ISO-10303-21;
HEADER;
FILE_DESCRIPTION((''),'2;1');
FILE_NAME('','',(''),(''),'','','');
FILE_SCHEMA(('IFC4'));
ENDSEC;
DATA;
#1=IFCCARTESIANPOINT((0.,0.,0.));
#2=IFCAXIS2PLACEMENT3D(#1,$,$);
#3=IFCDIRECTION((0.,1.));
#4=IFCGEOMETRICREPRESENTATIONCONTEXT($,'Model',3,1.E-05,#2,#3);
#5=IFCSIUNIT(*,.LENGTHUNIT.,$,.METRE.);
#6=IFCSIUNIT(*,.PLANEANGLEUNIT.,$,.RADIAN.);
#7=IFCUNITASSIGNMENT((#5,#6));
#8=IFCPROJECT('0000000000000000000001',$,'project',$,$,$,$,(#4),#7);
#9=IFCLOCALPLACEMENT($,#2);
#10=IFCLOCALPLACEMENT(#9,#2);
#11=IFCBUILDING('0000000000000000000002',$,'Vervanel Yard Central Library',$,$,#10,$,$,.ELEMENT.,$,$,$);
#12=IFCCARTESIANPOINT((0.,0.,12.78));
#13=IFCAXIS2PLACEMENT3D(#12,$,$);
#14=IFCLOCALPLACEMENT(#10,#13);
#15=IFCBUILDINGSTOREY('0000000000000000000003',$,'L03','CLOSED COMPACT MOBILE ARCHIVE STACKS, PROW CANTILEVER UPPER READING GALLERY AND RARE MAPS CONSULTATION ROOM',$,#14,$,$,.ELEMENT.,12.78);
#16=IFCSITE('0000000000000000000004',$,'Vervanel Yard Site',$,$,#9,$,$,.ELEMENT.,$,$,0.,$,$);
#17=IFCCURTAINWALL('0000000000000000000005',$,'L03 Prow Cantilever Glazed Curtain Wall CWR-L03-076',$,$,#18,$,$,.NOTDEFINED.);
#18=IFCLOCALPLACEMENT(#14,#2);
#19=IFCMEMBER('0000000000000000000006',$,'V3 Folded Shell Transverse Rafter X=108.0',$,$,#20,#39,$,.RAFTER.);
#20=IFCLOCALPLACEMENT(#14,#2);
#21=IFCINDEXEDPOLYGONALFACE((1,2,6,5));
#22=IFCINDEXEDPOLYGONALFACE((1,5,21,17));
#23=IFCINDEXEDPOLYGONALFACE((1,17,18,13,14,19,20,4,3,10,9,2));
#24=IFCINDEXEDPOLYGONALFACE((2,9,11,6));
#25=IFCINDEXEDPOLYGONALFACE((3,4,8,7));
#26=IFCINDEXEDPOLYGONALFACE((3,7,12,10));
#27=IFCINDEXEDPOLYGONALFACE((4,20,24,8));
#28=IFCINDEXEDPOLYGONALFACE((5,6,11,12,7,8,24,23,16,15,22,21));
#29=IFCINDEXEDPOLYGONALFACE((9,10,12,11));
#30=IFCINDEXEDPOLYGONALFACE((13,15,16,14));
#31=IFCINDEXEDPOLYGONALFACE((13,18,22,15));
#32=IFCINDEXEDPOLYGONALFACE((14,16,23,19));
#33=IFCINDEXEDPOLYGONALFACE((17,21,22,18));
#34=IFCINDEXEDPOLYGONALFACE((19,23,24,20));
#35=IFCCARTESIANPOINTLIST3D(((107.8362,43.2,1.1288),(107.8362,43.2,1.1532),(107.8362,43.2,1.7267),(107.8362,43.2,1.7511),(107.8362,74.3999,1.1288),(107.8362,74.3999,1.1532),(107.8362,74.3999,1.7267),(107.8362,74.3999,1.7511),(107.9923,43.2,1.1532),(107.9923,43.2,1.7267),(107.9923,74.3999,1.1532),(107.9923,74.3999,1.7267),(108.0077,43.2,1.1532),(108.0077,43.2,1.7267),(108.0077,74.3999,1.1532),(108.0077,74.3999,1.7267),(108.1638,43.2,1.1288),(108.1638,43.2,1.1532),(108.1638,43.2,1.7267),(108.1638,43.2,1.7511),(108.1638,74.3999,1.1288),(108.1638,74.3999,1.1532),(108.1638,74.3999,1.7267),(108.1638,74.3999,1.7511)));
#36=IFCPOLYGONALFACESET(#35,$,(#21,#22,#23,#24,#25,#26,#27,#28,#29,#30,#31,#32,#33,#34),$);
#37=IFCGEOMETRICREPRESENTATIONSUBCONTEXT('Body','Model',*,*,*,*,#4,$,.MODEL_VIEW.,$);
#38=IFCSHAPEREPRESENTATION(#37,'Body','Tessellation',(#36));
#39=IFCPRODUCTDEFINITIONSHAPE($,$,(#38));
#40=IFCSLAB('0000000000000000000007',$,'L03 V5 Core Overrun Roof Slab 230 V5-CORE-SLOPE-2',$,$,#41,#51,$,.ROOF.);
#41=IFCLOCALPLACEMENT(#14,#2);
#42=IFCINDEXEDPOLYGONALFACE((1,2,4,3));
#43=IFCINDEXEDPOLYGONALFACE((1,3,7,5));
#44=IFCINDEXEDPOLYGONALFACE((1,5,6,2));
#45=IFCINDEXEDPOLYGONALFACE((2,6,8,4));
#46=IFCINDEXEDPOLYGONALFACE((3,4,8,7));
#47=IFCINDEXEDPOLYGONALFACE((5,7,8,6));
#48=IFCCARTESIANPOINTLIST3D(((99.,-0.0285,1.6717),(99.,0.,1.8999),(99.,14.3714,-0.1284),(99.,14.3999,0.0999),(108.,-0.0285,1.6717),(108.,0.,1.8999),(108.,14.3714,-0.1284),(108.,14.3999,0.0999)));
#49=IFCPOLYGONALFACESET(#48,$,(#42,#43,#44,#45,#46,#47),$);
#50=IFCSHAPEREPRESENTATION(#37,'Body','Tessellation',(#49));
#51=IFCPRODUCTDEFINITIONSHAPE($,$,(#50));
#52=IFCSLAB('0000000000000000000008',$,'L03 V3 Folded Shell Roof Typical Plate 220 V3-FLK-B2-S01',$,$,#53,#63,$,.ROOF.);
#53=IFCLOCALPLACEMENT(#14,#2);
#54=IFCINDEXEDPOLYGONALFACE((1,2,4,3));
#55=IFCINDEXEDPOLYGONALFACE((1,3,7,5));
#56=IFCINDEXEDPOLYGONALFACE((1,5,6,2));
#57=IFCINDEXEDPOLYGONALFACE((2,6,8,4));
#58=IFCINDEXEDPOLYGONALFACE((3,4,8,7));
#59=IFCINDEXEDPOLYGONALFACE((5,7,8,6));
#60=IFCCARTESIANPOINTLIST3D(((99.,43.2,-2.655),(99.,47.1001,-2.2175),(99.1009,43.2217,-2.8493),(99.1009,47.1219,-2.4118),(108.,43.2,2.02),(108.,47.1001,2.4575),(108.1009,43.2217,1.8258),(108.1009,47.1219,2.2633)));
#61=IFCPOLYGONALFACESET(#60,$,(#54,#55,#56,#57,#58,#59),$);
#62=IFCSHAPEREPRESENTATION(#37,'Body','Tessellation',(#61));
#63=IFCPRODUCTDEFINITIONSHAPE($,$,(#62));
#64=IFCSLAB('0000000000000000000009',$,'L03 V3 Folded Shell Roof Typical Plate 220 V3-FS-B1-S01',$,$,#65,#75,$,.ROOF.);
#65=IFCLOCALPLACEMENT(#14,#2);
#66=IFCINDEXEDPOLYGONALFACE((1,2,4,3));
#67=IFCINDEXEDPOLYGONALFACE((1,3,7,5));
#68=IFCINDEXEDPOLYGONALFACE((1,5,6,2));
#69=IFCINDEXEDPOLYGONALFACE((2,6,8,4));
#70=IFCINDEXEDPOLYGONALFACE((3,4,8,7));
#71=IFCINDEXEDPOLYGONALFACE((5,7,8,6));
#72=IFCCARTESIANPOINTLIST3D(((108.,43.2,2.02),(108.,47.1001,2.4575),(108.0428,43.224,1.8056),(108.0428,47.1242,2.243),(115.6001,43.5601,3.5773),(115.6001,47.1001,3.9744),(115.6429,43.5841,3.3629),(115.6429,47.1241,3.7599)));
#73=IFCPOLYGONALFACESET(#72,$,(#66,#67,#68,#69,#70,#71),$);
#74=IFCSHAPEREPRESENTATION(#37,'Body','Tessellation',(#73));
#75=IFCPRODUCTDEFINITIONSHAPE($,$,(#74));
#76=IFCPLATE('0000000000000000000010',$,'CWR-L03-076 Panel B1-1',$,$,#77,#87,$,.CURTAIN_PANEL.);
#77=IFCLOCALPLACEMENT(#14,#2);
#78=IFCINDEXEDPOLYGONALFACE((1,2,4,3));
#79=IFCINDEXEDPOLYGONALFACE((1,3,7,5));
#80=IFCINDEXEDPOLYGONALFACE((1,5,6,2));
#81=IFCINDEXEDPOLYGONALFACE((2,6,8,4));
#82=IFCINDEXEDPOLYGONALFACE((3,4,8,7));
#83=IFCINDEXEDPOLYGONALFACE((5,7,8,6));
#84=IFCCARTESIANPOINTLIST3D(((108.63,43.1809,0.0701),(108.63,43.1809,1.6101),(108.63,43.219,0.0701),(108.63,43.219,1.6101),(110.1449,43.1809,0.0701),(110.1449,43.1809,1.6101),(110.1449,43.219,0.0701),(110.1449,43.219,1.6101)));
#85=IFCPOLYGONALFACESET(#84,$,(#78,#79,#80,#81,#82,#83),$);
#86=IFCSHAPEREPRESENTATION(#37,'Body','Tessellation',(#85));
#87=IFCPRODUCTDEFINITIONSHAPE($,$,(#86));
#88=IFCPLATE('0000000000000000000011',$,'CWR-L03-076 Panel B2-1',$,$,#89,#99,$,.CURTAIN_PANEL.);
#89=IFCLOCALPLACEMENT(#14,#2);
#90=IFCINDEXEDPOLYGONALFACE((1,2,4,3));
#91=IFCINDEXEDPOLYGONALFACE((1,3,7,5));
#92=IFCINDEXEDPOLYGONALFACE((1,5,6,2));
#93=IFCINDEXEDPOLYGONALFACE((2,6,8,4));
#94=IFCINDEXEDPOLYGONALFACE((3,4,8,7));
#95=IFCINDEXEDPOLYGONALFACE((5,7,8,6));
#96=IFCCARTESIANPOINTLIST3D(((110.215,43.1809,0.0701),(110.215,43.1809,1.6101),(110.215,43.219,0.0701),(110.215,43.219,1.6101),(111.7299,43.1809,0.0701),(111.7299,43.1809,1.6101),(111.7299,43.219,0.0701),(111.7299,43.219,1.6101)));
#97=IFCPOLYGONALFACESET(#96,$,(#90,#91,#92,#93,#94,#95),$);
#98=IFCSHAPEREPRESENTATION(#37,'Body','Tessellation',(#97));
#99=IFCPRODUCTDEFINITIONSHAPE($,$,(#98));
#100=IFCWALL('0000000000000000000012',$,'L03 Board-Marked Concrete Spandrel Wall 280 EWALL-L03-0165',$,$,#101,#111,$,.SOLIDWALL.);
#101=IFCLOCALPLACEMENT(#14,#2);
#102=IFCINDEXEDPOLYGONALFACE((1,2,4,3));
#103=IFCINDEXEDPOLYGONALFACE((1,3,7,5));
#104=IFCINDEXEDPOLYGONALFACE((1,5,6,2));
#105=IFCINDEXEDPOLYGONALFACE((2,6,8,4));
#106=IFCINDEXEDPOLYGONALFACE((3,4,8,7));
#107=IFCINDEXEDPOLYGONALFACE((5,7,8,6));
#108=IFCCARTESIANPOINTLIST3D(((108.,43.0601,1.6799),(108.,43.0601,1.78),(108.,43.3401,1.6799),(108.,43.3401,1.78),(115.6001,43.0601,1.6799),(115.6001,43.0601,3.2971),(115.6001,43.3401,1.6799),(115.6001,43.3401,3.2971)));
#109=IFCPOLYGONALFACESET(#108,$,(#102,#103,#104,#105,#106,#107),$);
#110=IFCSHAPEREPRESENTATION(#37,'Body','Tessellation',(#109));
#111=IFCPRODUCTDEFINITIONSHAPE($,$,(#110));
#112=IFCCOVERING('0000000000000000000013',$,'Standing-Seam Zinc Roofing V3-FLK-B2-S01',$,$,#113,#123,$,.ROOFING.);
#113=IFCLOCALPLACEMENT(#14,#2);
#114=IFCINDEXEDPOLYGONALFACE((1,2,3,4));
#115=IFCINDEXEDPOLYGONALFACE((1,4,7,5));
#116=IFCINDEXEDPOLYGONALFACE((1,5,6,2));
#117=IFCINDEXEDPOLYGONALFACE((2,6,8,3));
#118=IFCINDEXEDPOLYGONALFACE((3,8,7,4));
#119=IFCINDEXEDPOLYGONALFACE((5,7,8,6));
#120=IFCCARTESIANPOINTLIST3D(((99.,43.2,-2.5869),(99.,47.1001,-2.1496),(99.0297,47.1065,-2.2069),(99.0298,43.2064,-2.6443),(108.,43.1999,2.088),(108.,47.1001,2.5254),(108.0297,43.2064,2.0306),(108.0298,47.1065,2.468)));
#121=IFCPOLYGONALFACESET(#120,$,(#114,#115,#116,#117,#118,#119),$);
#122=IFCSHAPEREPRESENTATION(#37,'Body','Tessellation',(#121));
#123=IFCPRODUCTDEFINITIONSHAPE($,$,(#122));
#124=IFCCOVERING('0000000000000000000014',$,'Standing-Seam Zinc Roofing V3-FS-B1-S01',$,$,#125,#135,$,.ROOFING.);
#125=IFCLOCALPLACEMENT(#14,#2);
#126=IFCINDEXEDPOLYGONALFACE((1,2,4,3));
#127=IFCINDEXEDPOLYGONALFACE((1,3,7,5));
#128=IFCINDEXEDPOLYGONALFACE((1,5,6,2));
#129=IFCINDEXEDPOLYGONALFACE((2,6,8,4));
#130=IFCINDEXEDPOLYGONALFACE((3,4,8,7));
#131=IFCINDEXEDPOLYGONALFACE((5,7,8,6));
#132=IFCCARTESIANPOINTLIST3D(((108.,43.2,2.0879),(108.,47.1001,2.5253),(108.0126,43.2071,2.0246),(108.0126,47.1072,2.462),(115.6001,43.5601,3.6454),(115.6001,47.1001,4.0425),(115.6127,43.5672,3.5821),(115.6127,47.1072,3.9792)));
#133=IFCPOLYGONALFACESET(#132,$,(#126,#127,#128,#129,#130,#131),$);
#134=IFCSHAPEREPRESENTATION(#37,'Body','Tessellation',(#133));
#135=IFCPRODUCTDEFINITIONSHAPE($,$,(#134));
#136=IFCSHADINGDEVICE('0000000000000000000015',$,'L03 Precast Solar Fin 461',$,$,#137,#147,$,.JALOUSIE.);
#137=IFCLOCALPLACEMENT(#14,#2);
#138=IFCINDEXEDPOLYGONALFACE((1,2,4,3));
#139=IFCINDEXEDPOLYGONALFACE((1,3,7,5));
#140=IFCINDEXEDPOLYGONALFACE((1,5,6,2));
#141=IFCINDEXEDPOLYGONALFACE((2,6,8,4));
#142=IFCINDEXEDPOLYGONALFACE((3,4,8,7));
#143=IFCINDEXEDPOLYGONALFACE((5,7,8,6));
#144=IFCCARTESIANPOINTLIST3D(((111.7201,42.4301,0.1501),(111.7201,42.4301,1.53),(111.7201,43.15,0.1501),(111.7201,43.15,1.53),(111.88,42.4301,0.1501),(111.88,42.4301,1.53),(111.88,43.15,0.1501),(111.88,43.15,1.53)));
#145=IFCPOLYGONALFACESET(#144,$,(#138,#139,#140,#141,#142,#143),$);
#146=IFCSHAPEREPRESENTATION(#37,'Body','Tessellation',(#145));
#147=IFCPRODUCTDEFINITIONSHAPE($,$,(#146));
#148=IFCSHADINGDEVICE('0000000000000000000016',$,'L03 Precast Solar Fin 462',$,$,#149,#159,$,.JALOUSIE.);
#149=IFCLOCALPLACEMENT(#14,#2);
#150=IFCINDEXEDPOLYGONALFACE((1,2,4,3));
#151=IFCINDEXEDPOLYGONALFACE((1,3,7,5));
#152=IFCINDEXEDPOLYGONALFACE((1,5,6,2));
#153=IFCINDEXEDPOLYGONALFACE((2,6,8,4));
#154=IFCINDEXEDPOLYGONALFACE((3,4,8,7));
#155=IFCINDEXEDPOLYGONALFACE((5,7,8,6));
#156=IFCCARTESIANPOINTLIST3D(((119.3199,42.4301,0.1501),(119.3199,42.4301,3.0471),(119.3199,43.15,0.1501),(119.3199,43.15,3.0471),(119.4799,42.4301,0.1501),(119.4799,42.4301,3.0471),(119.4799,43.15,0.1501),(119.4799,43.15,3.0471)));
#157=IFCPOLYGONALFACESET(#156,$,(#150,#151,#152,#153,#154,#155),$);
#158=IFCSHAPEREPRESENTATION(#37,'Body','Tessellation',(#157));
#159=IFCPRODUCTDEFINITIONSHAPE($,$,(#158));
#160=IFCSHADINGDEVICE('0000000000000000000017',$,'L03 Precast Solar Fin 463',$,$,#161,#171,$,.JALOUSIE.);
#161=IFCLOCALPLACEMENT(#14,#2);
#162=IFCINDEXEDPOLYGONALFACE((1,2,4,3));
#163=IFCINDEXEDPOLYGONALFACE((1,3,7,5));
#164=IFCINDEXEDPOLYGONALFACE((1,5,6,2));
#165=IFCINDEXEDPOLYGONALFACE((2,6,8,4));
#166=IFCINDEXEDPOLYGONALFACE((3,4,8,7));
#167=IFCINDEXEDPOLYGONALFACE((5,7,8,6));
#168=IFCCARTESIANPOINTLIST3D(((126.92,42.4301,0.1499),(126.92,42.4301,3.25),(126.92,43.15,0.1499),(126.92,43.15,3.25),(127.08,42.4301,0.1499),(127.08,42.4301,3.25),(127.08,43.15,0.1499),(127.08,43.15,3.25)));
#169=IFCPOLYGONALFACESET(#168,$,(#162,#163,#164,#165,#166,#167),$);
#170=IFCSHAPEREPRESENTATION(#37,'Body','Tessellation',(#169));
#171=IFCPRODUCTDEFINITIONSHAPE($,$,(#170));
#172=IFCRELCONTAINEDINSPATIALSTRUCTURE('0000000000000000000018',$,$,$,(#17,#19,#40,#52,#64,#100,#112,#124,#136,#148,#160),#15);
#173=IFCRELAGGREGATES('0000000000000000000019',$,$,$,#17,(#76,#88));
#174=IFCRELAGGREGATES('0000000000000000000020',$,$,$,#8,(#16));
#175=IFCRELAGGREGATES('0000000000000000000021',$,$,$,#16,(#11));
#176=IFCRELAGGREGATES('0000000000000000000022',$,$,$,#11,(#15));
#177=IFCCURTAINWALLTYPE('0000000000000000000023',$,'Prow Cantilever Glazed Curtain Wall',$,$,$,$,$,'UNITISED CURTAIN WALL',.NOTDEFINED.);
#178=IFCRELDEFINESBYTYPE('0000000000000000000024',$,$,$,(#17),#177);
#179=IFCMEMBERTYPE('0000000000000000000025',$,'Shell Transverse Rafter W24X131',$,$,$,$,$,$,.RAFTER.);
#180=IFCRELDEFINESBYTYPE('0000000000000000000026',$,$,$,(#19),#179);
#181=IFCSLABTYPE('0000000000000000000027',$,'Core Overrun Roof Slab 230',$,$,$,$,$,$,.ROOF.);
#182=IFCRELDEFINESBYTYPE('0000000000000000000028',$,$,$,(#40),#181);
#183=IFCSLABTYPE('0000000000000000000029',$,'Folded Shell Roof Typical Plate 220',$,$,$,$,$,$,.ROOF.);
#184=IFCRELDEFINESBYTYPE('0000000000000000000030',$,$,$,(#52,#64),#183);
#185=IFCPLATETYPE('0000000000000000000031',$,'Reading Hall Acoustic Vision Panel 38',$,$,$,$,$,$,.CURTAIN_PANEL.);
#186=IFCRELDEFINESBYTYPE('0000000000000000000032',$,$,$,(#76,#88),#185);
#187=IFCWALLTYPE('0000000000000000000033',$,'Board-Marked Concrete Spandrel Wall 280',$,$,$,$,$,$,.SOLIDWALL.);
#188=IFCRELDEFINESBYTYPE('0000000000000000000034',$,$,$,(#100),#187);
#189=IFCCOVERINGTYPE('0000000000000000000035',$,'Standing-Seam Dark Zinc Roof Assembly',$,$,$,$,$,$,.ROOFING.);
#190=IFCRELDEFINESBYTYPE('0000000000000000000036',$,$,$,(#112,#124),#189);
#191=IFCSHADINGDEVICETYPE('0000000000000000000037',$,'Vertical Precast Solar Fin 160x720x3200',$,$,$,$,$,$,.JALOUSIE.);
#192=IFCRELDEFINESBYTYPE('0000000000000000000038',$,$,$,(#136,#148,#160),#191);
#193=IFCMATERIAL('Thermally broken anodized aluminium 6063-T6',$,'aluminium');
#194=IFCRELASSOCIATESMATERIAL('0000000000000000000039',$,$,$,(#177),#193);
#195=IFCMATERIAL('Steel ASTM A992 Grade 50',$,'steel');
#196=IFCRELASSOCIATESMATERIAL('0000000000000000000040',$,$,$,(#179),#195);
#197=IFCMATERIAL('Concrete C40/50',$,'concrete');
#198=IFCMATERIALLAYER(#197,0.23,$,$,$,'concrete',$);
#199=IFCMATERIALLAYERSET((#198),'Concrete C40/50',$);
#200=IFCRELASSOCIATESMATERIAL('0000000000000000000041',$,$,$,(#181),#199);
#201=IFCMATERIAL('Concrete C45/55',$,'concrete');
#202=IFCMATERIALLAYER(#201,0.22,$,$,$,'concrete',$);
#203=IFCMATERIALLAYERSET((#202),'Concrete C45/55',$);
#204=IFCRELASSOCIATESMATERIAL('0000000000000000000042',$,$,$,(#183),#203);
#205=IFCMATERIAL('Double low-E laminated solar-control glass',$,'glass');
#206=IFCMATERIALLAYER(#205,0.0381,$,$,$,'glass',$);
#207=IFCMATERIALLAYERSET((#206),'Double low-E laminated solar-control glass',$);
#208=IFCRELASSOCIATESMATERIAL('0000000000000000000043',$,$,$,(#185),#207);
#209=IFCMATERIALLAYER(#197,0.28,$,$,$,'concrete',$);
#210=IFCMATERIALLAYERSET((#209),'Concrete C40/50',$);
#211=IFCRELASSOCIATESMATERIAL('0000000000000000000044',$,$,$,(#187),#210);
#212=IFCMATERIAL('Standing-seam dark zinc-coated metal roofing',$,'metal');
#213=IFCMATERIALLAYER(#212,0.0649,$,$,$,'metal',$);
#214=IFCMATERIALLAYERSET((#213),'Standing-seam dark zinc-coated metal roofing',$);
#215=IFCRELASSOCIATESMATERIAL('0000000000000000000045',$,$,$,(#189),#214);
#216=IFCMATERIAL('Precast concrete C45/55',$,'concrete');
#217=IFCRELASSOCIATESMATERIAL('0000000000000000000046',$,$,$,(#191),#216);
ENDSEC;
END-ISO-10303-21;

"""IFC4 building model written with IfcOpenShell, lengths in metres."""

from ifc_helpers import new_model, si_unit, direction, frame, origin, origin_2d, place, context, subcontext, project, spatial, polyline, rectangle, i_section, outline, extrude, material, layer, layer_set, material_profile, profile_set, type_object, element, aggregate, save


model = new_model("IFC4")

# Units and contexts
model_context = context("Model", 3, precision=1e-05, world=origin(), true_north=direction((0.0, 1.0)))
body_context = subcontext(model_context, "Body", "Model", "MODEL_VIEW")
ifc_project = project(units=[si_unit("LENGTHUNIT", "METRE"), si_unit("PLANEANGLEUNIT", "RADIAN")], contexts=[model_context])

# Site, building, storey
site_placement = place(None, origin())
site = spatial("IfcSite", under=ifc_project, at=site_placement, Name="Vervanel Yard Site", CompositionType="ELEMENT", RefElevation=0.0)
building_placement = place(site_placement, origin())
building = spatial("IfcBuilding", under=site, at=building_placement, Name="Vervanel Yard Central Library", CompositionType="ELEMENT")
storey_placement = place(building_placement, frame((0.0, 0.0, 12.78)))
storey = spatial("IfcBuildingStorey", under=building, at=storey_placement, Name="L03", Description="CLOSED COMPACT MOBILE ARCHIVE STACKS, PROW CANTILEVER UPPER READING GALLERY AND RARE MAPS CONSULTATION ROOM", CompositionType="ELEMENT", Elevation=12.78)

# Shared definitions
ifc_material_1 = material(Name="Steel ASTM A992 Grade 50", Category="steel")

# Shared definitions
ifc_material_2 = material(Name="Concrete C45/55", Category="concrete")

# Curtain wall
ifc_material_3 = material(Name="Thermally broken anodized aluminium 6063-T6", Category="aluminium")
curtain_wall_type = type_object("IfcCurtainWallType", Name="Prow Cantilever Glazed Curtain Wall", ElementType="UNITISED CURTAIN WALL", PredefinedType="NOTDEFINED", material=ifc_material_3)
curtain_wall_1_placement = place(storey_placement, origin())
curtain_wall_1 = element("IfcCurtainWall", 1, at=curtain_wall_1_placement, inside=storey, type_object=curtain_wall_type, Name="L03 Prow Cantilever Glazed Curtain Wall CWR-L03-076", PredefinedType="NOTDEFINED")

# Member
ifc_material_profile_1 = material_profile(ifc_material_1, i_section(OverallWidth=0.3276, OverallDepth=0.6223, WebThickness=0.0154, FlangeThickness=0.0244, at=origin_2d()), Name="W24X131", Category="steel")
ifc_profile_set_1 = profile_set([ifc_material_profile_1], Name="Steel ASTM A992 Grade 50")
member_type_1 = type_object("IfcMemberType", Name="Shell Transverse Rafter W24X131", PredefinedType="RAFTER", material=ifc_profile_set_1)
member_1_placement = place(storey_placement, frame((108.0, 43.2, 1.4399), z_axis=(0.0, 1.0, 0.0), x_axis=(-1.0, 0.0, 0.0)))
element("IfcMember", 2, at=member_1_placement, inside=storey, type_object=member_type_1, Name="V3 Folded Shell Transverse Rafter X=108.0", PredefinedType="RAFTER", context=body_context, shape_type="SweptSolid", body=[
    extrude(i_section(OverallWidth=0.3276, OverallDepth=0.6223, WebThickness=0.0154, FlangeThickness=0.0244, at=origin_2d()), origin(), (0.0, 0.0, 1.0), 31.2),
])

# Slabs
ifc_material_4 = material(Name="Concrete C40/50", Category="concrete")
ifc_layer_1 = layer(ifc_material_4, 0.23, Category="concrete")
ifc_layer_set_1 = layer_set([ifc_layer_1], Name="Concrete C40/50")
slab_type_1 = type_object("IfcSlabType", Name="Core Overrun Roof Slab 230", PredefinedType="ROOF", material=ifc_layer_set_1)
slab_1_placement = place(storey_placement, frame((99.0, 0.0, 1.8999), z_axis=(0.0, 0.124039, 0.992277), x_axis=(1.0, 0.0, 0.0)))
element("IfcSlab", 3, at=slab_1_placement, inside=storey, type_object=slab_type_1, Name="L03 V5 Core Overrun Roof Slab 230 V5-CORE-SLOPE-2", PredefinedType="ROOF", context=body_context, shape_type="SweptSolid", body=[
    extrude(outline(polyline([(0.0, 0.0), (9.0, 0.0), (9.0, 14.512), (0.0, 14.512), (0.0, 0.0)])), origin(), (0.0, 0.0, -1.0), 0.23),
])
ifc_layer_2 = layer(ifc_material_2, 0.22, Category="concrete")
ifc_layer_set_2 = layer_set([ifc_layer_2], Name="Concrete C45/55")
slab_type_2 = type_object("IfcSlabType", Name="Folded Shell Roof Typical Plate 220", PredefinedType="ROOF", material=ifc_layer_set_2)
slab_2_placement = place(storey_placement, frame((99.0, 43.2, -2.655), z_axis=(-0.458701, -0.099057, 0.883052), x_axis=(0.887417, 0.0, 0.460968)))
element("IfcSlab", 4, at=slab_2_placement, inside=storey, type_object=slab_type_2, Name="L03 V3 Folded Shell Roof Typical Plate 220 V3-FLK-B2-S01", PredefinedType="ROOF", context=body_context, shape_type="SweptSolid", body=[
    extrude(outline(polyline([(0.0, 0.0), (10.1418, 0.0), (10.3435, 3.9194), (0.2017, 3.9194), (0.0, 0.0)])), origin(), (0.0, 0.0, -1.0), 0.22),
])
slab_3_placement = place(storey_placement, frame((108.0, 43.2, 2.02), z_axis=(-0.194558, -0.109329, 0.974779), x_axis=(0.978592, 0.046368, 0.200519)))
element("IfcSlab", 5, at=slab_3_placement, inside=storey, type_object=slab_type_2, Name="L03 V3 Folded Shell Roof Typical Plate 220 V3-FS-B1-S01", PredefinedType="ROOF", context=body_context, shape_type="SweptSolid", body=[
    extrude(outline(polyline([(0.0, 0.0), (7.7664, 0.0), (8.0101, 3.5539), (0.2686, 3.9154), (0.0, 0.0)])), origin(), (0.0, 0.0, -1.0), 0.22),
])

# Plates
ifc_material_5 = material(Name="Double low-E laminated solar-control glass", Category="glass")
ifc_layer_3 = layer(ifc_material_5, 0.0381, Category="glass")
ifc_layer_set_3 = layer_set([ifc_layer_3], Name="Double low-E laminated solar-control glass")
plate_type = type_object("IfcPlateType", Name="Reading Hall Acoustic Vision Panel 38", PredefinedType="CURTAIN_PANEL", material=ifc_layer_set_3)
plate_1_placement = place(storey_placement, frame((109.3875, 43.2, 0.0701), z_axis=(0.0, 0.0, 1.0), x_axis=(1.0, 0.0, 0.0)))
plate_1 = element("IfcPlate", 6, at=plate_1_placement, type_object=plate_type, Name="CWR-L03-076 Panel B1-1", PredefinedType="CURTAIN_PANEL", context=body_context, shape_type="SweptSolid", body=[
    extrude(rectangle(XDim=1.5149, YDim=0.0381, at=origin_2d()), origin(), (0.0, 0.0, 1.0), 1.54),
])
plate_2_placement = place(storey_placement, frame((110.9724, 43.2, 0.0701), z_axis=(0.0, 0.0, 1.0), x_axis=(1.0, 0.0, 0.0)))
plate_2 = element("IfcPlate", 7, at=plate_2_placement, type_object=plate_type, Name="CWR-L03-076 Panel B2-1", PredefinedType="CURTAIN_PANEL", context=body_context, shape_type="SweptSolid", body=[
    extrude(rectangle(XDim=1.5149, YDim=0.0381, at=origin_2d()), origin(), (0.0, 0.0, 1.0), 1.54),
])
aggregate(curtain_wall_1, [plate_1, plate_2])

# Wall
ifc_layer_4 = layer(ifc_material_4, 0.28, Category="concrete")
ifc_layer_set_4 = layer_set([ifc_layer_4], Name="Concrete C40/50")
wall_type = type_object("IfcWallType", Name="Board-Marked Concrete Spandrel Wall 280", PredefinedType="SOLIDWALL", material=ifc_layer_set_4)
wall_placement = place(storey_placement, frame((108.0, 43.2, 1.6799), z_axis=(0.0, 0.0, 1.0), x_axis=(1.0, 0.0, 0.0)))
element("IfcWall", 8, at=wall_placement, inside=storey, type_object=wall_type, Name="L03 Board-Marked Concrete Spandrel Wall 280 EWALL-L03-0165", PredefinedType="SOLIDWALL", context=body_context, shape_type="SweptSolid", body=[
    extrude(outline(polyline([(0.0, 0.0), (7.6001, 0.0), (7.6001, 1.6172), (0.0, 0.1001), (0.0, 0.0)])), frame((0.0, 0.1401, 0.0), z_axis=(0.0, -1.0, 0.0), x_axis=(1.0, 0.0, 0.0)), (0.0, 0.0, 1.0), 0.28),
])

# Coverings
ifc_material_6 = material(Name="Standing-seam dark zinc-coated metal roofing", Category="metal")
ifc_layer_5 = layer(ifc_material_6, 0.0649, Category="metal")
ifc_layer_set_5 = layer_set([ifc_layer_5], Name="Standing-seam dark zinc-coated metal roofing")
covering_type = type_object("IfcCoveringType", Name="Standing-Seam Dark Zinc Roof Assembly", PredefinedType="ROOFING", material=ifc_layer_set_5)
covering_1_placement = place(storey_placement, frame((99.0, 43.2, -2.5869), z_axis=(-0.458693, -0.09903, 0.883059), x_axis=(0.887422, -0.000001, 0.460959)))
element("IfcCovering", 9, at=covering_1_placement, inside=storey, type_object=covering_type, Name="Standing-Seam Zinc Roofing V3-FLK-B2-S01", PredefinedType="ROOFING", context=body_context, shape_type="SweptSolid", body=[
    extrude(outline(polyline([(0.0, 0.0), (10.1417, 0.0), (10.3434, 3.9194), (0.2016, 3.9194), (0.0, 0.0)])), origin(), (0.0, 0.0, -1.0), 0.0649),
])
covering_2_placement = place(storey_placement, frame((108.0, 43.2, 2.0879), z_axis=(-0.194588, -0.109328, 0.974773), x_axis=(0.978586, 0.046368, 0.200549)))
element("IfcCovering", 10, at=covering_2_placement, inside=storey, type_object=covering_type, Name="Standing-Seam Zinc Roofing V3-FS-B1-S01", PredefinedType="ROOFING", context=body_context, shape_type="SweptSolid", body=[
    extrude(outline(polyline([(0.0, 0.0), (7.7664, 0.0), (8.0102, 3.5539), (0.2686, 3.9154), (0.0, 0.0)])), origin(), (0.0, 0.0, -1.0), 0.0649),
])

# Shading devices
ifc_material_7 = material(Name="Precast concrete C45/55", Category="concrete")
shading_device_type = type_object("IfcShadingDeviceType", Name="Vertical Precast Solar Fin 160x720x3200", PredefinedType="JALOUSIE", material=ifc_material_7)
shading_device_1_placement = place(storey_placement, frame((111.8, 42.79, 0.1501), z_axis=(0.0, 0.0, 1.0), x_axis=(1.0, 0.0, 0.0)))
element("IfcShadingDevice", 11, at=shading_device_1_placement, inside=storey, type_object=shading_device_type, Name="L03 Precast Solar Fin 461", PredefinedType="JALOUSIE", context=body_context, shape_type="SweptSolid", body=[
    extrude(rectangle(XDim=0.1599, YDim=0.72, at=origin_2d()), origin(), (0.0, 0.0, 1.0), 1.3799),
])
shading_device_2_placement = place(storey_placement, frame((119.3999, 42.79, 0.1501), z_axis=(0.0, 0.0, 1.0), x_axis=(1.0, 0.0, 0.0)))
element("IfcShadingDevice", 12, at=shading_device_2_placement, inside=storey, type_object=shading_device_type, Name="L03 Precast Solar Fin 462", PredefinedType="JALOUSIE", context=body_context, shape_type="SweptSolid", body=[
    extrude(rectangle(XDim=0.1599, YDim=0.72, at=origin_2d()), origin(), (0.0, 0.0, 1.0), 2.897),
])
shading_device_3_placement = place(storey_placement, frame((127.0, 42.79, 0.1499), z_axis=(0.0, 0.0, 1.0), x_axis=(1.0, 0.0, 0.0)))
element("IfcShadingDevice", 13, at=shading_device_3_placement, inside=storey, type_object=shading_device_type, Name="L03 Precast Solar Fin 463", PredefinedType="JALOUSIE", context=body_context, shape_type="SweptSolid", body=[
    extrude(rectangle(XDim=0.1599, YDim=0.72, at=origin_2d()), origin(), (0.0, 0.0, 1.0), 3.1001),
])

save(model, "model.ifc")
